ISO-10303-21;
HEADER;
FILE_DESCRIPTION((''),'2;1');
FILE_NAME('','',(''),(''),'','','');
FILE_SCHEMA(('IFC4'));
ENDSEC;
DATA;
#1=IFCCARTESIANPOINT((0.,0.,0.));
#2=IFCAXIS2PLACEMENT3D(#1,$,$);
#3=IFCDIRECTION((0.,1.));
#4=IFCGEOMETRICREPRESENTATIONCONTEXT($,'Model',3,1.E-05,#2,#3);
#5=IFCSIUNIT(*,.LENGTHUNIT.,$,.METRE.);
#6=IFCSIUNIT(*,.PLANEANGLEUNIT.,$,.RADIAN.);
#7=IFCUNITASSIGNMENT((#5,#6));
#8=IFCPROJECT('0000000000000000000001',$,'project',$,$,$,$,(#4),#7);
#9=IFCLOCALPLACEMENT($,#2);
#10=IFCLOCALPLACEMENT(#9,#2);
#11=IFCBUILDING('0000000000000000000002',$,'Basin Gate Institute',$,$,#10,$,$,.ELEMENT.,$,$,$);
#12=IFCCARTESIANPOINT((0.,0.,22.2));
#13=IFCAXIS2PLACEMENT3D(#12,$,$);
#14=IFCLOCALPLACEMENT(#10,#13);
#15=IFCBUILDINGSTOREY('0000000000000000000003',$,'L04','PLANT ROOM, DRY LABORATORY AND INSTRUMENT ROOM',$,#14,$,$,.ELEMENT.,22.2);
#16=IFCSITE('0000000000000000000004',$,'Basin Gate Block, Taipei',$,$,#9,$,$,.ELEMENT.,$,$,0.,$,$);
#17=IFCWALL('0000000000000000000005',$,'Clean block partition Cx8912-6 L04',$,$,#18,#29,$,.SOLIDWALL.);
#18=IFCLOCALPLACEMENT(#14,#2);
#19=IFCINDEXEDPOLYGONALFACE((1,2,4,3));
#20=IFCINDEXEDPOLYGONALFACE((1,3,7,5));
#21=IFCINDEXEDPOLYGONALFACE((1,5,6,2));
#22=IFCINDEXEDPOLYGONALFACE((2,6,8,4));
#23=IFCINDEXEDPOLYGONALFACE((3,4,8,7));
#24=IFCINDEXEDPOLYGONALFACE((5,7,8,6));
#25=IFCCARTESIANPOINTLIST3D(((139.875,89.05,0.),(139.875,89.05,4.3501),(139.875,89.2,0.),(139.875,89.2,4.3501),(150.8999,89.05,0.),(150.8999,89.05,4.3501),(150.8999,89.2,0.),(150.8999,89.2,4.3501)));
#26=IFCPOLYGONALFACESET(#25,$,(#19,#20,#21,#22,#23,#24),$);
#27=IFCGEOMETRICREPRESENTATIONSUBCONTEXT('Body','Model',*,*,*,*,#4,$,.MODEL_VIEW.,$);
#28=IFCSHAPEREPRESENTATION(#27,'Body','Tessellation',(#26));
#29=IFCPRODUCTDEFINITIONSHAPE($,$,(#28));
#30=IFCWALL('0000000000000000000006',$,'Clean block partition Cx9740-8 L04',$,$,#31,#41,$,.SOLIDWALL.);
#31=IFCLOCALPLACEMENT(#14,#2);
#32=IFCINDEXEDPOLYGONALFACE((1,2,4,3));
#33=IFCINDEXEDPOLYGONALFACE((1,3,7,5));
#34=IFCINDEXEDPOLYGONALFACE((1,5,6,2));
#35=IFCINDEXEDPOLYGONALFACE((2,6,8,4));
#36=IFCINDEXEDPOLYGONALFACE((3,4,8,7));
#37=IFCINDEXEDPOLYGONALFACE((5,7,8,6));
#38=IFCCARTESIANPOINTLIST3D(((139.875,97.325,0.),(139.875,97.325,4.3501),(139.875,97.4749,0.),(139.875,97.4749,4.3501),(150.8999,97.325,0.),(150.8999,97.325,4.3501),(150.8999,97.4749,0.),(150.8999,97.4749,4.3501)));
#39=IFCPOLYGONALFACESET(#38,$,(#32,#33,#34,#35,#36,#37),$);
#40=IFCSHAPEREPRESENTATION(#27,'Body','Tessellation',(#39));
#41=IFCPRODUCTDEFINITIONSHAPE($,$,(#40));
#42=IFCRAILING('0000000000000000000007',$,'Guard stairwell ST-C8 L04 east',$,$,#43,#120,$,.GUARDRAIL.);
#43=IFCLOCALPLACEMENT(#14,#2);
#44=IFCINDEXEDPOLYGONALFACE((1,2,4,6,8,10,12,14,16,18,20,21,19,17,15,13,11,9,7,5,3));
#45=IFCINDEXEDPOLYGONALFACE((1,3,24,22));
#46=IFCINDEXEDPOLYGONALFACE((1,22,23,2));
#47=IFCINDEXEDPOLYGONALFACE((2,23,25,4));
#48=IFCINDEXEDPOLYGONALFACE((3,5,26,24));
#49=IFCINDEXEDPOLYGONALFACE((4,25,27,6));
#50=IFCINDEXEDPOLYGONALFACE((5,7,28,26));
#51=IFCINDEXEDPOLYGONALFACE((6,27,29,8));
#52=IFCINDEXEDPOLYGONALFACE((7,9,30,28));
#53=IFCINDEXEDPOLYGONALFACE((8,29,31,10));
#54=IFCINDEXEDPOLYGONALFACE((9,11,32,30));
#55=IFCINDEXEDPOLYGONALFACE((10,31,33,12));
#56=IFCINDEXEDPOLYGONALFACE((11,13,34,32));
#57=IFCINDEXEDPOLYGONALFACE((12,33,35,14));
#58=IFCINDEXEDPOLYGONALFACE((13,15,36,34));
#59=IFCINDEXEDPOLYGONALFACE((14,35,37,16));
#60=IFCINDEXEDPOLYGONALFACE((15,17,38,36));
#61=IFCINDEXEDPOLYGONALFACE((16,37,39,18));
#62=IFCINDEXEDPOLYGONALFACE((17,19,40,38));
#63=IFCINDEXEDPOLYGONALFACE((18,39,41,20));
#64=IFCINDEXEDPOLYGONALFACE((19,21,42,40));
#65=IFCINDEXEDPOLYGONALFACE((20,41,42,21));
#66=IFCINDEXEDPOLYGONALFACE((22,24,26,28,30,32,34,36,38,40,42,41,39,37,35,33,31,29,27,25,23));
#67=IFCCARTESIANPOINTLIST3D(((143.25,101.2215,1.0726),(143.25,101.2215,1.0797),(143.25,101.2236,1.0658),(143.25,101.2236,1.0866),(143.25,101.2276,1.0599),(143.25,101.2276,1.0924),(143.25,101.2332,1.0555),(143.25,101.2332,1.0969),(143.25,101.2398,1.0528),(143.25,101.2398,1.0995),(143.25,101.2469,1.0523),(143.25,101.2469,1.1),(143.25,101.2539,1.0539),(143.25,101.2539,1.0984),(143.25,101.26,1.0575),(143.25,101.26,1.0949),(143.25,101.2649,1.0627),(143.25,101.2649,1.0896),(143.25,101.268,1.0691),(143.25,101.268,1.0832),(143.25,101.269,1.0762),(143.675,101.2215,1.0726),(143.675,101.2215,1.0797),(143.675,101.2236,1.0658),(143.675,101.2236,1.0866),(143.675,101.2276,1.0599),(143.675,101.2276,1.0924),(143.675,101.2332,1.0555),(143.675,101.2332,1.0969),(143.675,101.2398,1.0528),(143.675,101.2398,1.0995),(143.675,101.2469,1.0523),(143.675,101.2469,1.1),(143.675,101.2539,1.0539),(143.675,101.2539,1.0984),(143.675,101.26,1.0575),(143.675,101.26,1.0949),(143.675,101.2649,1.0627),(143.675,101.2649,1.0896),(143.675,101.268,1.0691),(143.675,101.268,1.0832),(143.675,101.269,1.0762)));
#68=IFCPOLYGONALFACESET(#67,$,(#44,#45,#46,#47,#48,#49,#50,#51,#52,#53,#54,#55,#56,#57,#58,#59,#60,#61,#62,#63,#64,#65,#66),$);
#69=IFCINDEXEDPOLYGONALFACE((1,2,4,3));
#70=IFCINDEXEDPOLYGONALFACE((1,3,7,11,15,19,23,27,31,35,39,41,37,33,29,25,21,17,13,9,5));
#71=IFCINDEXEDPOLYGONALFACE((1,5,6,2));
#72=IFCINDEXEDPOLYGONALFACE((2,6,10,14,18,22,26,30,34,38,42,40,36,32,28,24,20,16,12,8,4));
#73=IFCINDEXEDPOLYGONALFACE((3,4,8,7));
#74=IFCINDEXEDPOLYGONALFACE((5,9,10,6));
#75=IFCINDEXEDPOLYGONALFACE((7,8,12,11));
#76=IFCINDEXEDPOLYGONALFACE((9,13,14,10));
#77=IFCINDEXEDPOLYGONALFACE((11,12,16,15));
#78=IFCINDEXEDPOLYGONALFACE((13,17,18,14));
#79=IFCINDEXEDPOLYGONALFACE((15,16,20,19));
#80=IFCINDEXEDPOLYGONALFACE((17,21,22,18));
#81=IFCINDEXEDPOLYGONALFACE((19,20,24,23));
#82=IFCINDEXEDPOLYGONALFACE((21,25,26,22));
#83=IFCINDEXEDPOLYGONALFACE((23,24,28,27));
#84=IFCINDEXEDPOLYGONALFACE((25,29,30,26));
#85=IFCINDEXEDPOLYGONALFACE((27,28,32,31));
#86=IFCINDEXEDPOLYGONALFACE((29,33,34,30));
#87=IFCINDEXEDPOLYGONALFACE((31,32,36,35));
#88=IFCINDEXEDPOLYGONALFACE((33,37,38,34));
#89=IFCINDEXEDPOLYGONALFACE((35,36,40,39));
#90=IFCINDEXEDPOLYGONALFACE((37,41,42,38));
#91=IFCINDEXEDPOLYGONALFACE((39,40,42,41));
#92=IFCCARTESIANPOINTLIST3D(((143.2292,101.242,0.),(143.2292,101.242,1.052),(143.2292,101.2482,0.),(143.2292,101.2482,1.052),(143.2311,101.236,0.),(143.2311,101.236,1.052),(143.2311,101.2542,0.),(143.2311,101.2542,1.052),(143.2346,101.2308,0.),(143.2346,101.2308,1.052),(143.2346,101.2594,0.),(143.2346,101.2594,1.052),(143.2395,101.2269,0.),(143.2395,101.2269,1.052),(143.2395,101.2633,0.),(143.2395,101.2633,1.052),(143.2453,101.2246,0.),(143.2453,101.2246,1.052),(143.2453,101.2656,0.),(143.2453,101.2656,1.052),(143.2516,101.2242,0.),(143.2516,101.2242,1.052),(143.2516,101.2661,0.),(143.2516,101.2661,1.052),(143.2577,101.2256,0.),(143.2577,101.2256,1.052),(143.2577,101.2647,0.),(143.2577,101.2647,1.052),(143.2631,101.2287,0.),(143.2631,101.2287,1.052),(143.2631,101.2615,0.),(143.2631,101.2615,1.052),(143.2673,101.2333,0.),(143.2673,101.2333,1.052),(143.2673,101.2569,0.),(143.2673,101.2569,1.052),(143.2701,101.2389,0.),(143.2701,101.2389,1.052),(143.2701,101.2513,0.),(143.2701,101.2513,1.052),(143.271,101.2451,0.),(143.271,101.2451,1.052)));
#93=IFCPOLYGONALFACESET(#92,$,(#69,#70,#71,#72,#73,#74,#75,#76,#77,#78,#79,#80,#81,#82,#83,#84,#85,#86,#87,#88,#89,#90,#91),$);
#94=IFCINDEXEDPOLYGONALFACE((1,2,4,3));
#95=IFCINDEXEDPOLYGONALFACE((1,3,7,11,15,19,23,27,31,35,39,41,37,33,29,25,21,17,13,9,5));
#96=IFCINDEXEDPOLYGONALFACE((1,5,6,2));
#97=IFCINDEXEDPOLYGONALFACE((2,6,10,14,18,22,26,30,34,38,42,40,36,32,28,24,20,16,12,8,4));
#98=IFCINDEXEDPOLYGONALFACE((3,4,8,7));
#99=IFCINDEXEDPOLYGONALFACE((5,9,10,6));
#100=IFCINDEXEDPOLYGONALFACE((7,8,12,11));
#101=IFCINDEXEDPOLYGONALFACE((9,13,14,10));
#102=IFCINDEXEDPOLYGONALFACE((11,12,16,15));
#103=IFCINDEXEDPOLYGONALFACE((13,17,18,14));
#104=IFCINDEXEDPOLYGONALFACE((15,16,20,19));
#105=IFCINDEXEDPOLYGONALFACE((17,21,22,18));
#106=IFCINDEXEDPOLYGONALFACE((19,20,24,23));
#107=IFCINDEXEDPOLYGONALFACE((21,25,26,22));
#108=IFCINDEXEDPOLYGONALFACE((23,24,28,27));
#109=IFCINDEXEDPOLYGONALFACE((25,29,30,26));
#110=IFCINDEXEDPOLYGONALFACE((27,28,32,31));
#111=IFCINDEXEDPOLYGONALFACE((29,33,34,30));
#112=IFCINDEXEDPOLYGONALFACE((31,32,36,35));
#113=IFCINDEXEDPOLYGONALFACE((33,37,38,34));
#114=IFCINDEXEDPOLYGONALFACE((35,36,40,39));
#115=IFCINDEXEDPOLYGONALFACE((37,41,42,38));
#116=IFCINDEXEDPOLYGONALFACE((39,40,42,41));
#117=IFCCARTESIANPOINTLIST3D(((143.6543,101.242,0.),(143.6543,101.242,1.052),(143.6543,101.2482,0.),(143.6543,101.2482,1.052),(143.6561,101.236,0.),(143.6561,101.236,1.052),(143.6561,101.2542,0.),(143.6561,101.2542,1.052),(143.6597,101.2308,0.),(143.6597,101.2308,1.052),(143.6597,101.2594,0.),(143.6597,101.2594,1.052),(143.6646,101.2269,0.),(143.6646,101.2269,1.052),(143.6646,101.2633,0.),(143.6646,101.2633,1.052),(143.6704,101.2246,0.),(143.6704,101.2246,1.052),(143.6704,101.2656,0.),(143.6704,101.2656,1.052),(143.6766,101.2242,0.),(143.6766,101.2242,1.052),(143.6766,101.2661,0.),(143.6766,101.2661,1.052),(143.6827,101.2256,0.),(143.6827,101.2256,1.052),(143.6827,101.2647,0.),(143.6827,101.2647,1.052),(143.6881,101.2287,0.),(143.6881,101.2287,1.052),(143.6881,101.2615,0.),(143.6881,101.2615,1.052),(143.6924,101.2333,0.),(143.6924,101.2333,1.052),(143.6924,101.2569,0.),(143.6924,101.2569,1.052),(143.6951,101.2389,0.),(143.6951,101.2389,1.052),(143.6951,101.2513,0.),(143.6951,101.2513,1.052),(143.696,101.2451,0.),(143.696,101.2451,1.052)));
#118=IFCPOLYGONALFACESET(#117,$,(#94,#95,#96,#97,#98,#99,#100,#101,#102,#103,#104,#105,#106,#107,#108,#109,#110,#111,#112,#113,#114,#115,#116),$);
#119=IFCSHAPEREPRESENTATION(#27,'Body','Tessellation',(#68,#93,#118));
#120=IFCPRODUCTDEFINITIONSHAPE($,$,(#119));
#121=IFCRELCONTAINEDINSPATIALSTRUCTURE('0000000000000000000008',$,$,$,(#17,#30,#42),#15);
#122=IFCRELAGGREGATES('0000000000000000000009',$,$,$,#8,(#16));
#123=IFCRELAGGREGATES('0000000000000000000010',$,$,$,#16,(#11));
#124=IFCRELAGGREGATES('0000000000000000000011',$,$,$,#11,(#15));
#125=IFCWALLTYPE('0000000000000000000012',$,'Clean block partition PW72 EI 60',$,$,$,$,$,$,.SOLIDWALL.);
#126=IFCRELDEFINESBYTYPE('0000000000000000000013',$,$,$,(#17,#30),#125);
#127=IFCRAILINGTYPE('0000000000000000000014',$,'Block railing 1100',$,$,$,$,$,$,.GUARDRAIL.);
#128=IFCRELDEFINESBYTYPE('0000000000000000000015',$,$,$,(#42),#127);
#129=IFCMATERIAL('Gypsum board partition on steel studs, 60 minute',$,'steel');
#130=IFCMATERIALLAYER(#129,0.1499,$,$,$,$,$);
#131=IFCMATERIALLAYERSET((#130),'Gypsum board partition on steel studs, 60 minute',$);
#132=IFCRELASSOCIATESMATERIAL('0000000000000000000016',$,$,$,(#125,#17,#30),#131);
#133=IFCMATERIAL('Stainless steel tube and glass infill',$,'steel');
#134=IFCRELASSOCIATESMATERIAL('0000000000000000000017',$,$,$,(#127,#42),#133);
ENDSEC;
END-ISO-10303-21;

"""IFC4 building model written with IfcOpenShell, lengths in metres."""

from ifc_helpers import new_model, si_unit, direction, frame, frame_2d, origin, origin_2d, place, context, subcontext, project, spatial, rectangle, circle, extrude, material, layer, layer_set, type_object, element, save


model = new_model("IFC4")

# Units and contexts
model_context = context("Model", 3, precision=1e-05, world=origin(), true_north=direction((0.0, 1.0)))
body_context = subcontext(model_context, "Body", "Model", "MODEL_VIEW")
ifc_project = project(units=[si_unit("LENGTHUNIT", "METRE"), si_unit("PLANEANGLEUNIT", "RADIAN")], contexts=[model_context])

# Site, building, storey
site_placement = place(None, origin())
site = spatial("IfcSite", under=ifc_project, at=site_placement, Name="Basin Gate Block, Taipei", CompositionType="ELEMENT", RefElevation=0.0)
building_placement = place(site_placement, origin())
building = spatial("IfcBuilding", under=site, at=building_placement, Name="Basin Gate Institute", CompositionType="ELEMENT")
storey_placement = place(building_placement, frame((0.0, 0.0, 22.2)))
storey = spatial("IfcBuildingStorey", under=building, at=storey_placement, Name="L04", Description="PLANT ROOM, DRY LABORATORY AND INSTRUMENT ROOM", CompositionType="ELEMENT", Elevation=22.2)

# Walls
ifc_material_1 = material(Name="Gypsum board partition on steel studs, 60 minute", Category="steel")
ifc_layer_1 = layer(ifc_material_1, 0.1499)
ifc_layer_set_1 = layer_set([ifc_layer_1], Name="Gypsum board partition on steel studs, 60 minute")
wall_type_1 = type_object("IfcWallType", Name="Clean block partition PW72 EI 60", PredefinedType="SOLIDWALL", material=ifc_layer_set_1)
for number, where, z_axis, x_axis, name in (
    (1, (139.875, 89.125, 0.0), (0.0, 0.0, 1.0), (1.0, 0.0, 0.0), "Clean block partition Cx8912-6 L04"),
    (2, (139.875, 97.3999, 0.0), (0.0, 0.0, 1.0), (1.0, 0.0, 0.0), "Clean block partition Cx9740-8 L04"),
):
    element("IfcWall", number, at=place(storey_placement, frame(where, z_axis=z_axis, x_axis=x_axis)), inside=storey, type_object=wall_type_1, material=ifc_layer_set_1, Name=name, PredefinedType="SOLIDWALL", context=body_context, shape_type="SweptSolid", body=[
        extrude(rectangle(XDim=11.0249, YDim=0.1499, at=frame_2d((5.5125, 0.0))), origin(), (0.0, 0.0, 1.0), 4.3501),
    ])

# Railing
ifc_material_2 = material(Name="Stainless steel tube and glass infill", Category="steel")
railing_type = type_object("IfcRailingType", Name="Block railing 1100", PredefinedType="GUARDRAIL", material=ifc_material_2)
railing_placement = place(storey_placement, frame((143.25, 101.2451, 0.0)))
element("IfcRailing", 3, at=railing_placement, inside=storey, type_object=railing_type, material=ifc_material_2, Name="Guard stairwell ST-C8 L04 east", PredefinedType="GUARDRAIL", context=body_context, shape_type="SweptSolid", body=[
    extrude(circle(Radius=0.0239, at=origin_2d()), frame((0.0, 0.0, 1.0762), z_axis=(1.0, 0.0, 0.0), x_axis=(0.0, 1.0, 0.0)), (0.0, 0.0, 1.0), 0.425),
    extrude(circle(Radius=0.021, at=origin_2d()), origin(), (0.0, 0.0, 1.0), 1.052),
    extrude(circle(Radius=0.021, at=origin_2d()), frame((0.425, 0.0, 0.0)), (0.0, 0.0, 1.0), 1.052),
])

save(model, "model.ifc")
